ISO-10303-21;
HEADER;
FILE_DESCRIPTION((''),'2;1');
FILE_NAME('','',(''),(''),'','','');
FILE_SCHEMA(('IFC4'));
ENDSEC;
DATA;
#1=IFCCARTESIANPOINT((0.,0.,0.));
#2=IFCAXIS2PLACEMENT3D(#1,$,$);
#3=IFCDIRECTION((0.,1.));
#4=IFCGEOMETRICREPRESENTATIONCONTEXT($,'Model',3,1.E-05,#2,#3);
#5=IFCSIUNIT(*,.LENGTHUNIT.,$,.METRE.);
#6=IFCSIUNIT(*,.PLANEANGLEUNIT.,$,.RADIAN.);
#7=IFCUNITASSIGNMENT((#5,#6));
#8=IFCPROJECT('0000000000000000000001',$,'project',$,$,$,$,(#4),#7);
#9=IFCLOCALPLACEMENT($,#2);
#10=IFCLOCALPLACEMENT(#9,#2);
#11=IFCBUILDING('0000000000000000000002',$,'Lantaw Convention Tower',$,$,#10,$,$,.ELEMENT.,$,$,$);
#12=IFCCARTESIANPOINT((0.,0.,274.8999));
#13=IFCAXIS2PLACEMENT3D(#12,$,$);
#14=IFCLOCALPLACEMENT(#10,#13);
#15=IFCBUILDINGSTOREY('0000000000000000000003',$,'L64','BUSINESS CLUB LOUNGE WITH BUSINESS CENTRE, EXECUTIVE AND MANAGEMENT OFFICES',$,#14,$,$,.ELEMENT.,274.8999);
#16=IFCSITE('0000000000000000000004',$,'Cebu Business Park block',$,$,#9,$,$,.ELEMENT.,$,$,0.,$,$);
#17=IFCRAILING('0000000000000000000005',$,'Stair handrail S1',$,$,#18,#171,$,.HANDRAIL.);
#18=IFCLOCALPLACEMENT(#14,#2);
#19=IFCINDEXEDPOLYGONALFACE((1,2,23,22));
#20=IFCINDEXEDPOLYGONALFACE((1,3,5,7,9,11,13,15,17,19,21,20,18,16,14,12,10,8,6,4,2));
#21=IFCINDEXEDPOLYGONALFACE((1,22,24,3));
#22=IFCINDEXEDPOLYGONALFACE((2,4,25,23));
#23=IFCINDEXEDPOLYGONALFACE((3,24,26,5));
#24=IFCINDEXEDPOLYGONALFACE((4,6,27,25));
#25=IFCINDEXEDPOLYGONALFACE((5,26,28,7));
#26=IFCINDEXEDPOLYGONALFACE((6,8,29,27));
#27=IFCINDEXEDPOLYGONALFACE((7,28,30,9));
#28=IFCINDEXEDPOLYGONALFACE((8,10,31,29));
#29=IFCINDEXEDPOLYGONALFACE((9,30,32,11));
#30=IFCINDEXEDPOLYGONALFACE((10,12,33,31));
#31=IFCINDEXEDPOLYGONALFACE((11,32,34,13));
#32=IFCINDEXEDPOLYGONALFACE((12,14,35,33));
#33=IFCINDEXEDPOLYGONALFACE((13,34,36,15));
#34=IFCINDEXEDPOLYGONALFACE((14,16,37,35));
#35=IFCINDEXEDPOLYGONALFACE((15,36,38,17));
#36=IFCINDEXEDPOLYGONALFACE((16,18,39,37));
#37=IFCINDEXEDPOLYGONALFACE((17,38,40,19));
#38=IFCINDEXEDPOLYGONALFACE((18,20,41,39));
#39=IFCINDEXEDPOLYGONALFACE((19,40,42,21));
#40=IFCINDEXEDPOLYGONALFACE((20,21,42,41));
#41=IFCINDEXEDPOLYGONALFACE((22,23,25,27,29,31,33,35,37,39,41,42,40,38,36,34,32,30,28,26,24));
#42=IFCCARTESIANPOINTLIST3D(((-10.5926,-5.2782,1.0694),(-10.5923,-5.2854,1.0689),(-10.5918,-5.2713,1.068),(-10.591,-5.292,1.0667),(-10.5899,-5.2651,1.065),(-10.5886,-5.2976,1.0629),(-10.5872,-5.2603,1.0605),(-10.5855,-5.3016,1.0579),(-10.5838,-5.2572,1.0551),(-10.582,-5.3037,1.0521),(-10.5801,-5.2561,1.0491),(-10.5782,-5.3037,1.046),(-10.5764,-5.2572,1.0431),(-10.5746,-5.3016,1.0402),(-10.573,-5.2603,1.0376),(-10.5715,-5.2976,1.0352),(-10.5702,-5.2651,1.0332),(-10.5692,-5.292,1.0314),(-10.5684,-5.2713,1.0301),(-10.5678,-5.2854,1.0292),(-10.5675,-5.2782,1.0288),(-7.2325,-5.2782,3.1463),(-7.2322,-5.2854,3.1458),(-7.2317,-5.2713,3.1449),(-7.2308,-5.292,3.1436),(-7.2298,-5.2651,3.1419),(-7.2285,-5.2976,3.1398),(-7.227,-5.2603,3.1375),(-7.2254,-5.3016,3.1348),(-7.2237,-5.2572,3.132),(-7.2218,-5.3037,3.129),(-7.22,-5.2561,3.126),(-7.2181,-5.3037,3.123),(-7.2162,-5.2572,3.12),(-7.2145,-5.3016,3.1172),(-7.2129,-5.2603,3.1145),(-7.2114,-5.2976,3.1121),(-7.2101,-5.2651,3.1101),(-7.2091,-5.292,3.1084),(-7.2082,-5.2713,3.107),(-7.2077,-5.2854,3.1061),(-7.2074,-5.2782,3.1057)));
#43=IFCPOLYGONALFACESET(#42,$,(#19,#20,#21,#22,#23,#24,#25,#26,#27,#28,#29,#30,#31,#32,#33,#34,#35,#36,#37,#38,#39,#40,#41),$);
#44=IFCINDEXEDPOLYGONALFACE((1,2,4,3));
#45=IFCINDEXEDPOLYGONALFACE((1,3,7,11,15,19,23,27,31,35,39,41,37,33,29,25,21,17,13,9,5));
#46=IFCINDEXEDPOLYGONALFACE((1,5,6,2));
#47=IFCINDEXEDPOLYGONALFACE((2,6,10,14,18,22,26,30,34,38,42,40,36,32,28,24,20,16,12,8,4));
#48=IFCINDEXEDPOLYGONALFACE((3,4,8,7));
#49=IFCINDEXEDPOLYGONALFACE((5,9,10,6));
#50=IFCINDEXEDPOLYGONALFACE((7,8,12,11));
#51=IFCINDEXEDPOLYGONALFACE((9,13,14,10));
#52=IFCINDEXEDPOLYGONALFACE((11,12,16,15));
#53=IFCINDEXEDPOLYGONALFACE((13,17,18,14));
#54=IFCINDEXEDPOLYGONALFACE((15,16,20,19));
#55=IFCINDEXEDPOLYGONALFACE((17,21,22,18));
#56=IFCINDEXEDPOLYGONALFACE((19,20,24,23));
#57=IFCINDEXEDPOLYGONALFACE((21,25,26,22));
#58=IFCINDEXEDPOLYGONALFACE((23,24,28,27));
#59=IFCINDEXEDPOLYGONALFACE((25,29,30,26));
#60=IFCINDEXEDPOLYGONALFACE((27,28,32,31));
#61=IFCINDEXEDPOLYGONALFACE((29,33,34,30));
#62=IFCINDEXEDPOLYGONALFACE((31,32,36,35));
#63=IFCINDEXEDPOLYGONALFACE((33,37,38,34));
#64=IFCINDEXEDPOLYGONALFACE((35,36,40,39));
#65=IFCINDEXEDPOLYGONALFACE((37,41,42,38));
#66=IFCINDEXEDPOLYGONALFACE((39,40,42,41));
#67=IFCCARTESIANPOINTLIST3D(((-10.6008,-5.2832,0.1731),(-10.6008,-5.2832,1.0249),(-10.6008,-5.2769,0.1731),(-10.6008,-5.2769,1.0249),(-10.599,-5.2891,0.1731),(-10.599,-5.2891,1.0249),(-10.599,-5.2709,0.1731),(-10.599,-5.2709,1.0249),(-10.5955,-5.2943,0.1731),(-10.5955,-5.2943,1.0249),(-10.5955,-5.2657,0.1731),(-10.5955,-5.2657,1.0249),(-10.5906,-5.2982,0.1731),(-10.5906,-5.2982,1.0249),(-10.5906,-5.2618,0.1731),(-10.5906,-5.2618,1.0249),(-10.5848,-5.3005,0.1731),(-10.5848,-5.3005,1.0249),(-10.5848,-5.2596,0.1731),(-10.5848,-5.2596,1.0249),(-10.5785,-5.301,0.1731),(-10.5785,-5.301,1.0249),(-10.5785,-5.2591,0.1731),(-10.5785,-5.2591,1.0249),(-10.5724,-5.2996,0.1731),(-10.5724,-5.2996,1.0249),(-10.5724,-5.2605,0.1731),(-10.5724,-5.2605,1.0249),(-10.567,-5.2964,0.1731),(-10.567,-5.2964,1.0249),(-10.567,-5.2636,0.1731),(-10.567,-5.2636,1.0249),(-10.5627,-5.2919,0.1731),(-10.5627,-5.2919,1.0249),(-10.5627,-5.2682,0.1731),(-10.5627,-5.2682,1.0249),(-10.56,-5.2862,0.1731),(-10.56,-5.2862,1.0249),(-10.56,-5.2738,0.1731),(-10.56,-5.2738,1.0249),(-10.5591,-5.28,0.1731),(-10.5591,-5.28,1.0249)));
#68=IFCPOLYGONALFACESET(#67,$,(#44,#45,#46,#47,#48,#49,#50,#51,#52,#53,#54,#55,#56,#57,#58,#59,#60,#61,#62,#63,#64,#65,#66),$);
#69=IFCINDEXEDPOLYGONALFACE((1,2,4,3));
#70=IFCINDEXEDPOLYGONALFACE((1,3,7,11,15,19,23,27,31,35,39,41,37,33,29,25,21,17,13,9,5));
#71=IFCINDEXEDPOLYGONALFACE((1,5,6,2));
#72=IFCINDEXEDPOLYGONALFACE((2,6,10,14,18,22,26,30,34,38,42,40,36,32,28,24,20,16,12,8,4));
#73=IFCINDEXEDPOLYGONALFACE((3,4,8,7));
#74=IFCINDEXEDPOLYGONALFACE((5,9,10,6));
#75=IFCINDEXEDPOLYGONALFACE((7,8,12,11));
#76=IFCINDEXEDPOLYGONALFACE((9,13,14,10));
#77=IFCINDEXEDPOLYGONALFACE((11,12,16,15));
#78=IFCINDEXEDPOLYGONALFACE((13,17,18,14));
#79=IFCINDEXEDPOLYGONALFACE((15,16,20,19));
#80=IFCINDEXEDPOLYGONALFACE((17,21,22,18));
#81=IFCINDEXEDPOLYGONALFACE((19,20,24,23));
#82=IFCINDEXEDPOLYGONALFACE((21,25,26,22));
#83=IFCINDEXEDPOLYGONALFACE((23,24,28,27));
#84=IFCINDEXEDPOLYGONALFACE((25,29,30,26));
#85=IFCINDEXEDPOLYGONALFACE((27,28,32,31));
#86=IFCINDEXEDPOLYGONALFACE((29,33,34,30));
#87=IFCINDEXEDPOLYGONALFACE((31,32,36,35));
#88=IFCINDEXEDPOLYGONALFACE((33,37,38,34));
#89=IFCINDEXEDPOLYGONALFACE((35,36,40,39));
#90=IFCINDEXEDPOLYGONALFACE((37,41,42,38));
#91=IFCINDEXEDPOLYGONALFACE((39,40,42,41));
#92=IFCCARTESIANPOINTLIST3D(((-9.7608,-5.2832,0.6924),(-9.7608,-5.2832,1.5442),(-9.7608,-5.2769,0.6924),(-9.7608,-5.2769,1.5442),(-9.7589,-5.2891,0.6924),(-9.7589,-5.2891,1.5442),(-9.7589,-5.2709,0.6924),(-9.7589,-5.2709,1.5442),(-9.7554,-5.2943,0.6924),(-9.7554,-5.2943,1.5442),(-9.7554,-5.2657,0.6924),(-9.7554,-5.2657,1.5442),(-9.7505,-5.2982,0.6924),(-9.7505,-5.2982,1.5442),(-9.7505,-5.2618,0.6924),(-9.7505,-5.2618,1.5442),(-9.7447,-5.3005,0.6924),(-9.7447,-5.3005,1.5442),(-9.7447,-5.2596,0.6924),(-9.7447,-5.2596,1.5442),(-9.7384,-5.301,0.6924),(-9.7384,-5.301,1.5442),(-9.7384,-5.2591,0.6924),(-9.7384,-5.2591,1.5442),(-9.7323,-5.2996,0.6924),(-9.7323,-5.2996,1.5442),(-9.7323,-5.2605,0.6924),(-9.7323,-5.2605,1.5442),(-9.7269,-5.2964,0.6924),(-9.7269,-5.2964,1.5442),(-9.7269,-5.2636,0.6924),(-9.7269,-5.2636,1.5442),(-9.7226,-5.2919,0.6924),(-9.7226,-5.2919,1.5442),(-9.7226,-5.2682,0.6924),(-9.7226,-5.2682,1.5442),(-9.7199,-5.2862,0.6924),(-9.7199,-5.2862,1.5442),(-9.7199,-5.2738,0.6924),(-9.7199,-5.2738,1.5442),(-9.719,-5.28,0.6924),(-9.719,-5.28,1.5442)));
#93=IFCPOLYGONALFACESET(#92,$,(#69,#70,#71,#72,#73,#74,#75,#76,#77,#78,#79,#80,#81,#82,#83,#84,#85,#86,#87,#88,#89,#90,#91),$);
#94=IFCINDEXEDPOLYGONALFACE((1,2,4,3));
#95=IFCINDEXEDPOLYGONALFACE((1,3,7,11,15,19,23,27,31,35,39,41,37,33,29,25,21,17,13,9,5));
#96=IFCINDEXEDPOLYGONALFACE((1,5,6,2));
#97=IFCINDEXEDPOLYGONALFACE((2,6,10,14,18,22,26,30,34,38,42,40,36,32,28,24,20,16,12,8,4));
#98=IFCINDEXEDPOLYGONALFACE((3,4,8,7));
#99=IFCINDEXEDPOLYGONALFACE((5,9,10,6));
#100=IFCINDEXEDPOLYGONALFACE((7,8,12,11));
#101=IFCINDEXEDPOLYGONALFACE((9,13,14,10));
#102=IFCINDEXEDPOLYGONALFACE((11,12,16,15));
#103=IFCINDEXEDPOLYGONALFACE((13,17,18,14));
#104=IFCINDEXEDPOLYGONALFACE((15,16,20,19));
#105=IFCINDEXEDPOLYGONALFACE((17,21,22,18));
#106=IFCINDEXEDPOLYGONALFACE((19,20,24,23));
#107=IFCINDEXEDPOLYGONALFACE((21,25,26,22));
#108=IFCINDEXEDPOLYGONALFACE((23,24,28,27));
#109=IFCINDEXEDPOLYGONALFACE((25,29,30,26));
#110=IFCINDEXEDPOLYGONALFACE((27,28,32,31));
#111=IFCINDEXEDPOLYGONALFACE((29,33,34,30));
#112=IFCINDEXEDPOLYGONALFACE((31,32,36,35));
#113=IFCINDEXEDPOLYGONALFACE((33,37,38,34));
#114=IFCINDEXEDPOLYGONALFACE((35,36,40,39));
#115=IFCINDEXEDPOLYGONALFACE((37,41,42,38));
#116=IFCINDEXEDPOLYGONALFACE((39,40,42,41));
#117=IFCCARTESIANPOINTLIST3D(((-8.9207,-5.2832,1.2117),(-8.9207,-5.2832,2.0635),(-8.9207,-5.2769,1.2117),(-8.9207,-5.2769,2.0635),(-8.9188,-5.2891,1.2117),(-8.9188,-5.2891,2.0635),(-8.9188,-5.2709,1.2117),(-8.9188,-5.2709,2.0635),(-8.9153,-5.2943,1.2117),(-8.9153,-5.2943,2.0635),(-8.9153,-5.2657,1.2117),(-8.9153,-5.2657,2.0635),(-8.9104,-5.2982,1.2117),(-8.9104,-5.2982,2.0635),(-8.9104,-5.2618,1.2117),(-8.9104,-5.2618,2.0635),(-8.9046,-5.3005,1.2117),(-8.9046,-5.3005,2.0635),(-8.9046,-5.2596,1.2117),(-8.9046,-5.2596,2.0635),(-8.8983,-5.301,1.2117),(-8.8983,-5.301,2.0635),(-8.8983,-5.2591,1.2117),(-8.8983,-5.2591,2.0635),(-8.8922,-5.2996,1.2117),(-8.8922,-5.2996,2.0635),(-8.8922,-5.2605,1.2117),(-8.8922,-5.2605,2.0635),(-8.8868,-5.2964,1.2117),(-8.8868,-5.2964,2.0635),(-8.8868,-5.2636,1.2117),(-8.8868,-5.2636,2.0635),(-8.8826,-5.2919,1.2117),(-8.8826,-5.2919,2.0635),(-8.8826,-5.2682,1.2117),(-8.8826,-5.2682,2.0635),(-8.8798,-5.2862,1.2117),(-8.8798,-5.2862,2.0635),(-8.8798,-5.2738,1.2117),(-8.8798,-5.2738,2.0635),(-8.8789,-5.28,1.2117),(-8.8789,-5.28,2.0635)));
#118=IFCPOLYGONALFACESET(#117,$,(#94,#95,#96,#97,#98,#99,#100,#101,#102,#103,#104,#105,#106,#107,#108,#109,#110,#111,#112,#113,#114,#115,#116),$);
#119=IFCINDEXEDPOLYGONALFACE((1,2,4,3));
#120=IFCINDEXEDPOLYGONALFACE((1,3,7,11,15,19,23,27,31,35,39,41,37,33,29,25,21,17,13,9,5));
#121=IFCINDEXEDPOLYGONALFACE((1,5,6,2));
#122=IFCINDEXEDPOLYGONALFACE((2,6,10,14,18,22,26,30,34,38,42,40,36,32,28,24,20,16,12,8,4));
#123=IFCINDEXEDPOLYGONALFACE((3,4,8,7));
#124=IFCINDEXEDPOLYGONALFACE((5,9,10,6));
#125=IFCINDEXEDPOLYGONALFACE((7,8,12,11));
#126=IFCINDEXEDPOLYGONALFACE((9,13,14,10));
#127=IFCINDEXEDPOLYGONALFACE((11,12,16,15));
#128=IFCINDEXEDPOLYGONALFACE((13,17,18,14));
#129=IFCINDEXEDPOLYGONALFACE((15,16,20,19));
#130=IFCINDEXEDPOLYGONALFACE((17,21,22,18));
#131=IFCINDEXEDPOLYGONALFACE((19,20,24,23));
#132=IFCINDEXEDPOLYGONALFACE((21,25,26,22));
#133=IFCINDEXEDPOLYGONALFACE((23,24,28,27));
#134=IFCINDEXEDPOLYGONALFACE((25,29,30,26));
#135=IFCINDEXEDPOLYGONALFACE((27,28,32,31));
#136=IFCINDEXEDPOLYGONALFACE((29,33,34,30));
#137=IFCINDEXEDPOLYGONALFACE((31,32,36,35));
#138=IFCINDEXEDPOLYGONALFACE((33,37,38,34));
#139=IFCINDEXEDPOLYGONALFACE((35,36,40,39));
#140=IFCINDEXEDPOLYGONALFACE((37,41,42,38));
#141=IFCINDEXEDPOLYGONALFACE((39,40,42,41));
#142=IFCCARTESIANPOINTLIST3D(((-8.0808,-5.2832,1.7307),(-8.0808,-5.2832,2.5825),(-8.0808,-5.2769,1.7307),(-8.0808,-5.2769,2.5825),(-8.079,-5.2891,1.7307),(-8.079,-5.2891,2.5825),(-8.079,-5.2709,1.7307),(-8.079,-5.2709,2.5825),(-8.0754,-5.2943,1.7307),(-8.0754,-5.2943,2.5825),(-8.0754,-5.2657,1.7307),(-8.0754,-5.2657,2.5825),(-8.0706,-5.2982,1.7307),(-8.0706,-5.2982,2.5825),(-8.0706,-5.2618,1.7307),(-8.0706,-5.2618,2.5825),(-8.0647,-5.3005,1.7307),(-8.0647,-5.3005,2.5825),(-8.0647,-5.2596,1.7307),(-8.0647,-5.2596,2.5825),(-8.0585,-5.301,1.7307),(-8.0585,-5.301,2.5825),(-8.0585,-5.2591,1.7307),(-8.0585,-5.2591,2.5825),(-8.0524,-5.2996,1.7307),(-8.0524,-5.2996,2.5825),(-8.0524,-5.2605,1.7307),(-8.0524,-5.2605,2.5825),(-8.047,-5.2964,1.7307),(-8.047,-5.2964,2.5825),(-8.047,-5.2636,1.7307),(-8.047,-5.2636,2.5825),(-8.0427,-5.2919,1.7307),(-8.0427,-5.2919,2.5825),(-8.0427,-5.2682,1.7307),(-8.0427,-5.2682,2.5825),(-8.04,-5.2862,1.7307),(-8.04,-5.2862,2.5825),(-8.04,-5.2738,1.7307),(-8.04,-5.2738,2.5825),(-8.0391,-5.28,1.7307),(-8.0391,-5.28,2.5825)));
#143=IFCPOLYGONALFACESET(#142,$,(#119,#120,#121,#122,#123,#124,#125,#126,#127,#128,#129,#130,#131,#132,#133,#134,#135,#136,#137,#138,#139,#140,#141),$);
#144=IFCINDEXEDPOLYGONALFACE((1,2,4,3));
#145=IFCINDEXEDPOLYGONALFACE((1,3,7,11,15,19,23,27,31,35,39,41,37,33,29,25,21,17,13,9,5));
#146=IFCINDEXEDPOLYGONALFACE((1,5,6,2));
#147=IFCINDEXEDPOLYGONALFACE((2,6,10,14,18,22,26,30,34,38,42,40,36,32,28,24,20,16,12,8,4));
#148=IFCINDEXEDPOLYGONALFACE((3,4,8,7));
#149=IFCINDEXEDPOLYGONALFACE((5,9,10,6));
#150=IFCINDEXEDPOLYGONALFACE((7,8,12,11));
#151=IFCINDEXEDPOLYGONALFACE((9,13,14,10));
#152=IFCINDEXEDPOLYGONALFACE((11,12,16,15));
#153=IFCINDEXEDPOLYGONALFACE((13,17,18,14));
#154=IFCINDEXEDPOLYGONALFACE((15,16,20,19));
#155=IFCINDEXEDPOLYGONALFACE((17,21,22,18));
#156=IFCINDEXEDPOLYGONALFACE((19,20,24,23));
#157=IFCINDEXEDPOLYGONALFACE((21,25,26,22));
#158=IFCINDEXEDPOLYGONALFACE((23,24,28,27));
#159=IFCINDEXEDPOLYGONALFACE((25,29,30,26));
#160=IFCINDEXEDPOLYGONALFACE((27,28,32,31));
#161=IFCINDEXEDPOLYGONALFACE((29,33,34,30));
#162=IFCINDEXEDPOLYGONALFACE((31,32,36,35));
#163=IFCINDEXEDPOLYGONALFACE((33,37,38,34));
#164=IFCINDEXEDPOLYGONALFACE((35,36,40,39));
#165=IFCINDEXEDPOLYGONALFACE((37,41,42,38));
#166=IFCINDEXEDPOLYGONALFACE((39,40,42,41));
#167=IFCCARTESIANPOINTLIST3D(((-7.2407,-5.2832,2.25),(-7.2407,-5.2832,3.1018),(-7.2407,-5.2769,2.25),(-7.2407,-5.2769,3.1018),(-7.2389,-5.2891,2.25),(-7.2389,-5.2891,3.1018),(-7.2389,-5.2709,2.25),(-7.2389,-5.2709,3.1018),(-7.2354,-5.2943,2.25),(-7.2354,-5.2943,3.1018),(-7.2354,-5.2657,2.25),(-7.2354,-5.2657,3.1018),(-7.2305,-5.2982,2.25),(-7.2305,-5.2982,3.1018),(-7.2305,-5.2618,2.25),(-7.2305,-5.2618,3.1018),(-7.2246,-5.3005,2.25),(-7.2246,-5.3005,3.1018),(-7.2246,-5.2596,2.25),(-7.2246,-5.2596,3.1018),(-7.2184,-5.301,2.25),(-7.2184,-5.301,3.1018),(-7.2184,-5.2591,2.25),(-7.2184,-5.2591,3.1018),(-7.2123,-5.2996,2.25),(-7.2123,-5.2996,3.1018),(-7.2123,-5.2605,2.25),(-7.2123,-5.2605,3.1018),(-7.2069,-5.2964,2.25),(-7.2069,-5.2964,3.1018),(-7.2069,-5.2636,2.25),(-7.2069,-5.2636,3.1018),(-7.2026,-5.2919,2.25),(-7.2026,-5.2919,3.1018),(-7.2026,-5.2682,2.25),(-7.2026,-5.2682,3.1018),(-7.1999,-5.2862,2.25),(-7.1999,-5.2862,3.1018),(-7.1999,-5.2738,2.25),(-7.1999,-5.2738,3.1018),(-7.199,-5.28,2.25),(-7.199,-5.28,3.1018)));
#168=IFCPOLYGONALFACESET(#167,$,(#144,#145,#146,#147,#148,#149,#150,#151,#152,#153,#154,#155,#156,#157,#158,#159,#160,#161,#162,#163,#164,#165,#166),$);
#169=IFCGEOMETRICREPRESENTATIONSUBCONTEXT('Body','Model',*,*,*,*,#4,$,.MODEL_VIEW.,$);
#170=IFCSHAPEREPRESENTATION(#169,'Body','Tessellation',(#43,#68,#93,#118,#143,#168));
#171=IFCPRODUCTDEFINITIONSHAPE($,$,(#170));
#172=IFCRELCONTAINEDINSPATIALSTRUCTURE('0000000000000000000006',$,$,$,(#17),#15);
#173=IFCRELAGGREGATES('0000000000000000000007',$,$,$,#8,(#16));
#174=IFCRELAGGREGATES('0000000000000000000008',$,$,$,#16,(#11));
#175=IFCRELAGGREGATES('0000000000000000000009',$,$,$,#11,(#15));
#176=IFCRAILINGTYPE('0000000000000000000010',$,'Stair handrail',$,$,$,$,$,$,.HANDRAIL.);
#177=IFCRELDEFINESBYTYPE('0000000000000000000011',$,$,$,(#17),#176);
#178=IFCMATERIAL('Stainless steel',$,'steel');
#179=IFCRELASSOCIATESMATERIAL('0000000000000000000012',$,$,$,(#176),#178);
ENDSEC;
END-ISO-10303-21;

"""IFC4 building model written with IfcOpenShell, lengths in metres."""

from ifc_helpers import new_model, si_unit, direction, frame, origin, origin_2d, place, context, subcontext, project, spatial, circle, extrude, material, type_object, element, save


model = new_model("IFC4")

# Units and contexts
model_context = context("Model", 3, precision=1e-05, world=origin(), true_north=direction((0.0, 1.0)))
body_context = subcontext(model_context, "Body", "Model", "MODEL_VIEW")
ifc_project = project(units=[si_unit("LENGTHUNIT", "METRE"), si_unit("PLANEANGLEUNIT", "RADIAN")], contexts=[model_context])

# Site, building, storey
site_placement = place(None, origin())
site = spatial("IfcSite", under=ifc_project, at=site_placement, Name="Cebu Business Park block", CompositionType="ELEMENT", RefElevation=0.0)
building_placement = place(site_placement, origin())
building = spatial("IfcBuilding", under=site, at=building_placement, Name="Lantaw Convention Tower", CompositionType="ELEMENT")
storey_placement = place(building_placement, frame((0.0, 0.0, 274.8999)))
storey = spatial("IfcBuildingStorey", under=building, at=storey_placement, Name="L64", Description="BUSINESS CLUB LOUNGE WITH BUSINESS CENTRE, EXECUTIVE AND MANAGEMENT OFFICES", CompositionType="ELEMENT", Elevation=274.8999)

# Shared definitions
ifc_material_1 = material(Name="Stainless steel", Category="steel")

# Railing
railing_type = type_object("IfcRailingType", Name="Stair handrail", PredefinedType="HANDRAIL", material=ifc_material_1)
railing_1_placement = place(storey_placement, frame((-10.5801, -5.28, 0.1731)))
element("IfcRailing", 1, at=railing_1_placement, inside=storey, type_object=railing_type, Name="Stair handrail S1", PredefinedType="HANDRAIL", context=body_context, shape_type="SweptSolid", body=[
    extrude(circle(Radius=0.0239, at=origin_2d()), frame((0.0, 0.0, 0.876), z_axis=(0.850623, 0.0, 0.525776), x_axis=(0.0, 1.0, 0.0)), (0.0, 0.0, 1.0), 3.9502),
    extrude(circle(Radius=0.021, at=origin_2d()), origin(), (0.0, 0.0, 1.0), 0.8518),
    extrude(circle(Radius=0.021, at=origin_2d()), frame((0.8401, 0.0, 0.5193)), (0.0, 0.0, 1.0), 0.8518),
    extrude(circle(Radius=0.021, at=origin_2d()), frame((1.6802, 0.0, 1.0386)), (0.0, 0.0, 1.0), 0.8518),
    extrude(circle(Radius=0.021, at=origin_2d()), frame((2.52, 0.0, 1.5576)), (0.0, 0.0, 1.0), 0.8518),
    extrude(circle(Radius=0.021, at=origin_2d()), frame((3.3601, 0.0, 2.0769)), (0.0, 0.0, 1.0), 0.8518),
])

save(model, "model.ifc")
